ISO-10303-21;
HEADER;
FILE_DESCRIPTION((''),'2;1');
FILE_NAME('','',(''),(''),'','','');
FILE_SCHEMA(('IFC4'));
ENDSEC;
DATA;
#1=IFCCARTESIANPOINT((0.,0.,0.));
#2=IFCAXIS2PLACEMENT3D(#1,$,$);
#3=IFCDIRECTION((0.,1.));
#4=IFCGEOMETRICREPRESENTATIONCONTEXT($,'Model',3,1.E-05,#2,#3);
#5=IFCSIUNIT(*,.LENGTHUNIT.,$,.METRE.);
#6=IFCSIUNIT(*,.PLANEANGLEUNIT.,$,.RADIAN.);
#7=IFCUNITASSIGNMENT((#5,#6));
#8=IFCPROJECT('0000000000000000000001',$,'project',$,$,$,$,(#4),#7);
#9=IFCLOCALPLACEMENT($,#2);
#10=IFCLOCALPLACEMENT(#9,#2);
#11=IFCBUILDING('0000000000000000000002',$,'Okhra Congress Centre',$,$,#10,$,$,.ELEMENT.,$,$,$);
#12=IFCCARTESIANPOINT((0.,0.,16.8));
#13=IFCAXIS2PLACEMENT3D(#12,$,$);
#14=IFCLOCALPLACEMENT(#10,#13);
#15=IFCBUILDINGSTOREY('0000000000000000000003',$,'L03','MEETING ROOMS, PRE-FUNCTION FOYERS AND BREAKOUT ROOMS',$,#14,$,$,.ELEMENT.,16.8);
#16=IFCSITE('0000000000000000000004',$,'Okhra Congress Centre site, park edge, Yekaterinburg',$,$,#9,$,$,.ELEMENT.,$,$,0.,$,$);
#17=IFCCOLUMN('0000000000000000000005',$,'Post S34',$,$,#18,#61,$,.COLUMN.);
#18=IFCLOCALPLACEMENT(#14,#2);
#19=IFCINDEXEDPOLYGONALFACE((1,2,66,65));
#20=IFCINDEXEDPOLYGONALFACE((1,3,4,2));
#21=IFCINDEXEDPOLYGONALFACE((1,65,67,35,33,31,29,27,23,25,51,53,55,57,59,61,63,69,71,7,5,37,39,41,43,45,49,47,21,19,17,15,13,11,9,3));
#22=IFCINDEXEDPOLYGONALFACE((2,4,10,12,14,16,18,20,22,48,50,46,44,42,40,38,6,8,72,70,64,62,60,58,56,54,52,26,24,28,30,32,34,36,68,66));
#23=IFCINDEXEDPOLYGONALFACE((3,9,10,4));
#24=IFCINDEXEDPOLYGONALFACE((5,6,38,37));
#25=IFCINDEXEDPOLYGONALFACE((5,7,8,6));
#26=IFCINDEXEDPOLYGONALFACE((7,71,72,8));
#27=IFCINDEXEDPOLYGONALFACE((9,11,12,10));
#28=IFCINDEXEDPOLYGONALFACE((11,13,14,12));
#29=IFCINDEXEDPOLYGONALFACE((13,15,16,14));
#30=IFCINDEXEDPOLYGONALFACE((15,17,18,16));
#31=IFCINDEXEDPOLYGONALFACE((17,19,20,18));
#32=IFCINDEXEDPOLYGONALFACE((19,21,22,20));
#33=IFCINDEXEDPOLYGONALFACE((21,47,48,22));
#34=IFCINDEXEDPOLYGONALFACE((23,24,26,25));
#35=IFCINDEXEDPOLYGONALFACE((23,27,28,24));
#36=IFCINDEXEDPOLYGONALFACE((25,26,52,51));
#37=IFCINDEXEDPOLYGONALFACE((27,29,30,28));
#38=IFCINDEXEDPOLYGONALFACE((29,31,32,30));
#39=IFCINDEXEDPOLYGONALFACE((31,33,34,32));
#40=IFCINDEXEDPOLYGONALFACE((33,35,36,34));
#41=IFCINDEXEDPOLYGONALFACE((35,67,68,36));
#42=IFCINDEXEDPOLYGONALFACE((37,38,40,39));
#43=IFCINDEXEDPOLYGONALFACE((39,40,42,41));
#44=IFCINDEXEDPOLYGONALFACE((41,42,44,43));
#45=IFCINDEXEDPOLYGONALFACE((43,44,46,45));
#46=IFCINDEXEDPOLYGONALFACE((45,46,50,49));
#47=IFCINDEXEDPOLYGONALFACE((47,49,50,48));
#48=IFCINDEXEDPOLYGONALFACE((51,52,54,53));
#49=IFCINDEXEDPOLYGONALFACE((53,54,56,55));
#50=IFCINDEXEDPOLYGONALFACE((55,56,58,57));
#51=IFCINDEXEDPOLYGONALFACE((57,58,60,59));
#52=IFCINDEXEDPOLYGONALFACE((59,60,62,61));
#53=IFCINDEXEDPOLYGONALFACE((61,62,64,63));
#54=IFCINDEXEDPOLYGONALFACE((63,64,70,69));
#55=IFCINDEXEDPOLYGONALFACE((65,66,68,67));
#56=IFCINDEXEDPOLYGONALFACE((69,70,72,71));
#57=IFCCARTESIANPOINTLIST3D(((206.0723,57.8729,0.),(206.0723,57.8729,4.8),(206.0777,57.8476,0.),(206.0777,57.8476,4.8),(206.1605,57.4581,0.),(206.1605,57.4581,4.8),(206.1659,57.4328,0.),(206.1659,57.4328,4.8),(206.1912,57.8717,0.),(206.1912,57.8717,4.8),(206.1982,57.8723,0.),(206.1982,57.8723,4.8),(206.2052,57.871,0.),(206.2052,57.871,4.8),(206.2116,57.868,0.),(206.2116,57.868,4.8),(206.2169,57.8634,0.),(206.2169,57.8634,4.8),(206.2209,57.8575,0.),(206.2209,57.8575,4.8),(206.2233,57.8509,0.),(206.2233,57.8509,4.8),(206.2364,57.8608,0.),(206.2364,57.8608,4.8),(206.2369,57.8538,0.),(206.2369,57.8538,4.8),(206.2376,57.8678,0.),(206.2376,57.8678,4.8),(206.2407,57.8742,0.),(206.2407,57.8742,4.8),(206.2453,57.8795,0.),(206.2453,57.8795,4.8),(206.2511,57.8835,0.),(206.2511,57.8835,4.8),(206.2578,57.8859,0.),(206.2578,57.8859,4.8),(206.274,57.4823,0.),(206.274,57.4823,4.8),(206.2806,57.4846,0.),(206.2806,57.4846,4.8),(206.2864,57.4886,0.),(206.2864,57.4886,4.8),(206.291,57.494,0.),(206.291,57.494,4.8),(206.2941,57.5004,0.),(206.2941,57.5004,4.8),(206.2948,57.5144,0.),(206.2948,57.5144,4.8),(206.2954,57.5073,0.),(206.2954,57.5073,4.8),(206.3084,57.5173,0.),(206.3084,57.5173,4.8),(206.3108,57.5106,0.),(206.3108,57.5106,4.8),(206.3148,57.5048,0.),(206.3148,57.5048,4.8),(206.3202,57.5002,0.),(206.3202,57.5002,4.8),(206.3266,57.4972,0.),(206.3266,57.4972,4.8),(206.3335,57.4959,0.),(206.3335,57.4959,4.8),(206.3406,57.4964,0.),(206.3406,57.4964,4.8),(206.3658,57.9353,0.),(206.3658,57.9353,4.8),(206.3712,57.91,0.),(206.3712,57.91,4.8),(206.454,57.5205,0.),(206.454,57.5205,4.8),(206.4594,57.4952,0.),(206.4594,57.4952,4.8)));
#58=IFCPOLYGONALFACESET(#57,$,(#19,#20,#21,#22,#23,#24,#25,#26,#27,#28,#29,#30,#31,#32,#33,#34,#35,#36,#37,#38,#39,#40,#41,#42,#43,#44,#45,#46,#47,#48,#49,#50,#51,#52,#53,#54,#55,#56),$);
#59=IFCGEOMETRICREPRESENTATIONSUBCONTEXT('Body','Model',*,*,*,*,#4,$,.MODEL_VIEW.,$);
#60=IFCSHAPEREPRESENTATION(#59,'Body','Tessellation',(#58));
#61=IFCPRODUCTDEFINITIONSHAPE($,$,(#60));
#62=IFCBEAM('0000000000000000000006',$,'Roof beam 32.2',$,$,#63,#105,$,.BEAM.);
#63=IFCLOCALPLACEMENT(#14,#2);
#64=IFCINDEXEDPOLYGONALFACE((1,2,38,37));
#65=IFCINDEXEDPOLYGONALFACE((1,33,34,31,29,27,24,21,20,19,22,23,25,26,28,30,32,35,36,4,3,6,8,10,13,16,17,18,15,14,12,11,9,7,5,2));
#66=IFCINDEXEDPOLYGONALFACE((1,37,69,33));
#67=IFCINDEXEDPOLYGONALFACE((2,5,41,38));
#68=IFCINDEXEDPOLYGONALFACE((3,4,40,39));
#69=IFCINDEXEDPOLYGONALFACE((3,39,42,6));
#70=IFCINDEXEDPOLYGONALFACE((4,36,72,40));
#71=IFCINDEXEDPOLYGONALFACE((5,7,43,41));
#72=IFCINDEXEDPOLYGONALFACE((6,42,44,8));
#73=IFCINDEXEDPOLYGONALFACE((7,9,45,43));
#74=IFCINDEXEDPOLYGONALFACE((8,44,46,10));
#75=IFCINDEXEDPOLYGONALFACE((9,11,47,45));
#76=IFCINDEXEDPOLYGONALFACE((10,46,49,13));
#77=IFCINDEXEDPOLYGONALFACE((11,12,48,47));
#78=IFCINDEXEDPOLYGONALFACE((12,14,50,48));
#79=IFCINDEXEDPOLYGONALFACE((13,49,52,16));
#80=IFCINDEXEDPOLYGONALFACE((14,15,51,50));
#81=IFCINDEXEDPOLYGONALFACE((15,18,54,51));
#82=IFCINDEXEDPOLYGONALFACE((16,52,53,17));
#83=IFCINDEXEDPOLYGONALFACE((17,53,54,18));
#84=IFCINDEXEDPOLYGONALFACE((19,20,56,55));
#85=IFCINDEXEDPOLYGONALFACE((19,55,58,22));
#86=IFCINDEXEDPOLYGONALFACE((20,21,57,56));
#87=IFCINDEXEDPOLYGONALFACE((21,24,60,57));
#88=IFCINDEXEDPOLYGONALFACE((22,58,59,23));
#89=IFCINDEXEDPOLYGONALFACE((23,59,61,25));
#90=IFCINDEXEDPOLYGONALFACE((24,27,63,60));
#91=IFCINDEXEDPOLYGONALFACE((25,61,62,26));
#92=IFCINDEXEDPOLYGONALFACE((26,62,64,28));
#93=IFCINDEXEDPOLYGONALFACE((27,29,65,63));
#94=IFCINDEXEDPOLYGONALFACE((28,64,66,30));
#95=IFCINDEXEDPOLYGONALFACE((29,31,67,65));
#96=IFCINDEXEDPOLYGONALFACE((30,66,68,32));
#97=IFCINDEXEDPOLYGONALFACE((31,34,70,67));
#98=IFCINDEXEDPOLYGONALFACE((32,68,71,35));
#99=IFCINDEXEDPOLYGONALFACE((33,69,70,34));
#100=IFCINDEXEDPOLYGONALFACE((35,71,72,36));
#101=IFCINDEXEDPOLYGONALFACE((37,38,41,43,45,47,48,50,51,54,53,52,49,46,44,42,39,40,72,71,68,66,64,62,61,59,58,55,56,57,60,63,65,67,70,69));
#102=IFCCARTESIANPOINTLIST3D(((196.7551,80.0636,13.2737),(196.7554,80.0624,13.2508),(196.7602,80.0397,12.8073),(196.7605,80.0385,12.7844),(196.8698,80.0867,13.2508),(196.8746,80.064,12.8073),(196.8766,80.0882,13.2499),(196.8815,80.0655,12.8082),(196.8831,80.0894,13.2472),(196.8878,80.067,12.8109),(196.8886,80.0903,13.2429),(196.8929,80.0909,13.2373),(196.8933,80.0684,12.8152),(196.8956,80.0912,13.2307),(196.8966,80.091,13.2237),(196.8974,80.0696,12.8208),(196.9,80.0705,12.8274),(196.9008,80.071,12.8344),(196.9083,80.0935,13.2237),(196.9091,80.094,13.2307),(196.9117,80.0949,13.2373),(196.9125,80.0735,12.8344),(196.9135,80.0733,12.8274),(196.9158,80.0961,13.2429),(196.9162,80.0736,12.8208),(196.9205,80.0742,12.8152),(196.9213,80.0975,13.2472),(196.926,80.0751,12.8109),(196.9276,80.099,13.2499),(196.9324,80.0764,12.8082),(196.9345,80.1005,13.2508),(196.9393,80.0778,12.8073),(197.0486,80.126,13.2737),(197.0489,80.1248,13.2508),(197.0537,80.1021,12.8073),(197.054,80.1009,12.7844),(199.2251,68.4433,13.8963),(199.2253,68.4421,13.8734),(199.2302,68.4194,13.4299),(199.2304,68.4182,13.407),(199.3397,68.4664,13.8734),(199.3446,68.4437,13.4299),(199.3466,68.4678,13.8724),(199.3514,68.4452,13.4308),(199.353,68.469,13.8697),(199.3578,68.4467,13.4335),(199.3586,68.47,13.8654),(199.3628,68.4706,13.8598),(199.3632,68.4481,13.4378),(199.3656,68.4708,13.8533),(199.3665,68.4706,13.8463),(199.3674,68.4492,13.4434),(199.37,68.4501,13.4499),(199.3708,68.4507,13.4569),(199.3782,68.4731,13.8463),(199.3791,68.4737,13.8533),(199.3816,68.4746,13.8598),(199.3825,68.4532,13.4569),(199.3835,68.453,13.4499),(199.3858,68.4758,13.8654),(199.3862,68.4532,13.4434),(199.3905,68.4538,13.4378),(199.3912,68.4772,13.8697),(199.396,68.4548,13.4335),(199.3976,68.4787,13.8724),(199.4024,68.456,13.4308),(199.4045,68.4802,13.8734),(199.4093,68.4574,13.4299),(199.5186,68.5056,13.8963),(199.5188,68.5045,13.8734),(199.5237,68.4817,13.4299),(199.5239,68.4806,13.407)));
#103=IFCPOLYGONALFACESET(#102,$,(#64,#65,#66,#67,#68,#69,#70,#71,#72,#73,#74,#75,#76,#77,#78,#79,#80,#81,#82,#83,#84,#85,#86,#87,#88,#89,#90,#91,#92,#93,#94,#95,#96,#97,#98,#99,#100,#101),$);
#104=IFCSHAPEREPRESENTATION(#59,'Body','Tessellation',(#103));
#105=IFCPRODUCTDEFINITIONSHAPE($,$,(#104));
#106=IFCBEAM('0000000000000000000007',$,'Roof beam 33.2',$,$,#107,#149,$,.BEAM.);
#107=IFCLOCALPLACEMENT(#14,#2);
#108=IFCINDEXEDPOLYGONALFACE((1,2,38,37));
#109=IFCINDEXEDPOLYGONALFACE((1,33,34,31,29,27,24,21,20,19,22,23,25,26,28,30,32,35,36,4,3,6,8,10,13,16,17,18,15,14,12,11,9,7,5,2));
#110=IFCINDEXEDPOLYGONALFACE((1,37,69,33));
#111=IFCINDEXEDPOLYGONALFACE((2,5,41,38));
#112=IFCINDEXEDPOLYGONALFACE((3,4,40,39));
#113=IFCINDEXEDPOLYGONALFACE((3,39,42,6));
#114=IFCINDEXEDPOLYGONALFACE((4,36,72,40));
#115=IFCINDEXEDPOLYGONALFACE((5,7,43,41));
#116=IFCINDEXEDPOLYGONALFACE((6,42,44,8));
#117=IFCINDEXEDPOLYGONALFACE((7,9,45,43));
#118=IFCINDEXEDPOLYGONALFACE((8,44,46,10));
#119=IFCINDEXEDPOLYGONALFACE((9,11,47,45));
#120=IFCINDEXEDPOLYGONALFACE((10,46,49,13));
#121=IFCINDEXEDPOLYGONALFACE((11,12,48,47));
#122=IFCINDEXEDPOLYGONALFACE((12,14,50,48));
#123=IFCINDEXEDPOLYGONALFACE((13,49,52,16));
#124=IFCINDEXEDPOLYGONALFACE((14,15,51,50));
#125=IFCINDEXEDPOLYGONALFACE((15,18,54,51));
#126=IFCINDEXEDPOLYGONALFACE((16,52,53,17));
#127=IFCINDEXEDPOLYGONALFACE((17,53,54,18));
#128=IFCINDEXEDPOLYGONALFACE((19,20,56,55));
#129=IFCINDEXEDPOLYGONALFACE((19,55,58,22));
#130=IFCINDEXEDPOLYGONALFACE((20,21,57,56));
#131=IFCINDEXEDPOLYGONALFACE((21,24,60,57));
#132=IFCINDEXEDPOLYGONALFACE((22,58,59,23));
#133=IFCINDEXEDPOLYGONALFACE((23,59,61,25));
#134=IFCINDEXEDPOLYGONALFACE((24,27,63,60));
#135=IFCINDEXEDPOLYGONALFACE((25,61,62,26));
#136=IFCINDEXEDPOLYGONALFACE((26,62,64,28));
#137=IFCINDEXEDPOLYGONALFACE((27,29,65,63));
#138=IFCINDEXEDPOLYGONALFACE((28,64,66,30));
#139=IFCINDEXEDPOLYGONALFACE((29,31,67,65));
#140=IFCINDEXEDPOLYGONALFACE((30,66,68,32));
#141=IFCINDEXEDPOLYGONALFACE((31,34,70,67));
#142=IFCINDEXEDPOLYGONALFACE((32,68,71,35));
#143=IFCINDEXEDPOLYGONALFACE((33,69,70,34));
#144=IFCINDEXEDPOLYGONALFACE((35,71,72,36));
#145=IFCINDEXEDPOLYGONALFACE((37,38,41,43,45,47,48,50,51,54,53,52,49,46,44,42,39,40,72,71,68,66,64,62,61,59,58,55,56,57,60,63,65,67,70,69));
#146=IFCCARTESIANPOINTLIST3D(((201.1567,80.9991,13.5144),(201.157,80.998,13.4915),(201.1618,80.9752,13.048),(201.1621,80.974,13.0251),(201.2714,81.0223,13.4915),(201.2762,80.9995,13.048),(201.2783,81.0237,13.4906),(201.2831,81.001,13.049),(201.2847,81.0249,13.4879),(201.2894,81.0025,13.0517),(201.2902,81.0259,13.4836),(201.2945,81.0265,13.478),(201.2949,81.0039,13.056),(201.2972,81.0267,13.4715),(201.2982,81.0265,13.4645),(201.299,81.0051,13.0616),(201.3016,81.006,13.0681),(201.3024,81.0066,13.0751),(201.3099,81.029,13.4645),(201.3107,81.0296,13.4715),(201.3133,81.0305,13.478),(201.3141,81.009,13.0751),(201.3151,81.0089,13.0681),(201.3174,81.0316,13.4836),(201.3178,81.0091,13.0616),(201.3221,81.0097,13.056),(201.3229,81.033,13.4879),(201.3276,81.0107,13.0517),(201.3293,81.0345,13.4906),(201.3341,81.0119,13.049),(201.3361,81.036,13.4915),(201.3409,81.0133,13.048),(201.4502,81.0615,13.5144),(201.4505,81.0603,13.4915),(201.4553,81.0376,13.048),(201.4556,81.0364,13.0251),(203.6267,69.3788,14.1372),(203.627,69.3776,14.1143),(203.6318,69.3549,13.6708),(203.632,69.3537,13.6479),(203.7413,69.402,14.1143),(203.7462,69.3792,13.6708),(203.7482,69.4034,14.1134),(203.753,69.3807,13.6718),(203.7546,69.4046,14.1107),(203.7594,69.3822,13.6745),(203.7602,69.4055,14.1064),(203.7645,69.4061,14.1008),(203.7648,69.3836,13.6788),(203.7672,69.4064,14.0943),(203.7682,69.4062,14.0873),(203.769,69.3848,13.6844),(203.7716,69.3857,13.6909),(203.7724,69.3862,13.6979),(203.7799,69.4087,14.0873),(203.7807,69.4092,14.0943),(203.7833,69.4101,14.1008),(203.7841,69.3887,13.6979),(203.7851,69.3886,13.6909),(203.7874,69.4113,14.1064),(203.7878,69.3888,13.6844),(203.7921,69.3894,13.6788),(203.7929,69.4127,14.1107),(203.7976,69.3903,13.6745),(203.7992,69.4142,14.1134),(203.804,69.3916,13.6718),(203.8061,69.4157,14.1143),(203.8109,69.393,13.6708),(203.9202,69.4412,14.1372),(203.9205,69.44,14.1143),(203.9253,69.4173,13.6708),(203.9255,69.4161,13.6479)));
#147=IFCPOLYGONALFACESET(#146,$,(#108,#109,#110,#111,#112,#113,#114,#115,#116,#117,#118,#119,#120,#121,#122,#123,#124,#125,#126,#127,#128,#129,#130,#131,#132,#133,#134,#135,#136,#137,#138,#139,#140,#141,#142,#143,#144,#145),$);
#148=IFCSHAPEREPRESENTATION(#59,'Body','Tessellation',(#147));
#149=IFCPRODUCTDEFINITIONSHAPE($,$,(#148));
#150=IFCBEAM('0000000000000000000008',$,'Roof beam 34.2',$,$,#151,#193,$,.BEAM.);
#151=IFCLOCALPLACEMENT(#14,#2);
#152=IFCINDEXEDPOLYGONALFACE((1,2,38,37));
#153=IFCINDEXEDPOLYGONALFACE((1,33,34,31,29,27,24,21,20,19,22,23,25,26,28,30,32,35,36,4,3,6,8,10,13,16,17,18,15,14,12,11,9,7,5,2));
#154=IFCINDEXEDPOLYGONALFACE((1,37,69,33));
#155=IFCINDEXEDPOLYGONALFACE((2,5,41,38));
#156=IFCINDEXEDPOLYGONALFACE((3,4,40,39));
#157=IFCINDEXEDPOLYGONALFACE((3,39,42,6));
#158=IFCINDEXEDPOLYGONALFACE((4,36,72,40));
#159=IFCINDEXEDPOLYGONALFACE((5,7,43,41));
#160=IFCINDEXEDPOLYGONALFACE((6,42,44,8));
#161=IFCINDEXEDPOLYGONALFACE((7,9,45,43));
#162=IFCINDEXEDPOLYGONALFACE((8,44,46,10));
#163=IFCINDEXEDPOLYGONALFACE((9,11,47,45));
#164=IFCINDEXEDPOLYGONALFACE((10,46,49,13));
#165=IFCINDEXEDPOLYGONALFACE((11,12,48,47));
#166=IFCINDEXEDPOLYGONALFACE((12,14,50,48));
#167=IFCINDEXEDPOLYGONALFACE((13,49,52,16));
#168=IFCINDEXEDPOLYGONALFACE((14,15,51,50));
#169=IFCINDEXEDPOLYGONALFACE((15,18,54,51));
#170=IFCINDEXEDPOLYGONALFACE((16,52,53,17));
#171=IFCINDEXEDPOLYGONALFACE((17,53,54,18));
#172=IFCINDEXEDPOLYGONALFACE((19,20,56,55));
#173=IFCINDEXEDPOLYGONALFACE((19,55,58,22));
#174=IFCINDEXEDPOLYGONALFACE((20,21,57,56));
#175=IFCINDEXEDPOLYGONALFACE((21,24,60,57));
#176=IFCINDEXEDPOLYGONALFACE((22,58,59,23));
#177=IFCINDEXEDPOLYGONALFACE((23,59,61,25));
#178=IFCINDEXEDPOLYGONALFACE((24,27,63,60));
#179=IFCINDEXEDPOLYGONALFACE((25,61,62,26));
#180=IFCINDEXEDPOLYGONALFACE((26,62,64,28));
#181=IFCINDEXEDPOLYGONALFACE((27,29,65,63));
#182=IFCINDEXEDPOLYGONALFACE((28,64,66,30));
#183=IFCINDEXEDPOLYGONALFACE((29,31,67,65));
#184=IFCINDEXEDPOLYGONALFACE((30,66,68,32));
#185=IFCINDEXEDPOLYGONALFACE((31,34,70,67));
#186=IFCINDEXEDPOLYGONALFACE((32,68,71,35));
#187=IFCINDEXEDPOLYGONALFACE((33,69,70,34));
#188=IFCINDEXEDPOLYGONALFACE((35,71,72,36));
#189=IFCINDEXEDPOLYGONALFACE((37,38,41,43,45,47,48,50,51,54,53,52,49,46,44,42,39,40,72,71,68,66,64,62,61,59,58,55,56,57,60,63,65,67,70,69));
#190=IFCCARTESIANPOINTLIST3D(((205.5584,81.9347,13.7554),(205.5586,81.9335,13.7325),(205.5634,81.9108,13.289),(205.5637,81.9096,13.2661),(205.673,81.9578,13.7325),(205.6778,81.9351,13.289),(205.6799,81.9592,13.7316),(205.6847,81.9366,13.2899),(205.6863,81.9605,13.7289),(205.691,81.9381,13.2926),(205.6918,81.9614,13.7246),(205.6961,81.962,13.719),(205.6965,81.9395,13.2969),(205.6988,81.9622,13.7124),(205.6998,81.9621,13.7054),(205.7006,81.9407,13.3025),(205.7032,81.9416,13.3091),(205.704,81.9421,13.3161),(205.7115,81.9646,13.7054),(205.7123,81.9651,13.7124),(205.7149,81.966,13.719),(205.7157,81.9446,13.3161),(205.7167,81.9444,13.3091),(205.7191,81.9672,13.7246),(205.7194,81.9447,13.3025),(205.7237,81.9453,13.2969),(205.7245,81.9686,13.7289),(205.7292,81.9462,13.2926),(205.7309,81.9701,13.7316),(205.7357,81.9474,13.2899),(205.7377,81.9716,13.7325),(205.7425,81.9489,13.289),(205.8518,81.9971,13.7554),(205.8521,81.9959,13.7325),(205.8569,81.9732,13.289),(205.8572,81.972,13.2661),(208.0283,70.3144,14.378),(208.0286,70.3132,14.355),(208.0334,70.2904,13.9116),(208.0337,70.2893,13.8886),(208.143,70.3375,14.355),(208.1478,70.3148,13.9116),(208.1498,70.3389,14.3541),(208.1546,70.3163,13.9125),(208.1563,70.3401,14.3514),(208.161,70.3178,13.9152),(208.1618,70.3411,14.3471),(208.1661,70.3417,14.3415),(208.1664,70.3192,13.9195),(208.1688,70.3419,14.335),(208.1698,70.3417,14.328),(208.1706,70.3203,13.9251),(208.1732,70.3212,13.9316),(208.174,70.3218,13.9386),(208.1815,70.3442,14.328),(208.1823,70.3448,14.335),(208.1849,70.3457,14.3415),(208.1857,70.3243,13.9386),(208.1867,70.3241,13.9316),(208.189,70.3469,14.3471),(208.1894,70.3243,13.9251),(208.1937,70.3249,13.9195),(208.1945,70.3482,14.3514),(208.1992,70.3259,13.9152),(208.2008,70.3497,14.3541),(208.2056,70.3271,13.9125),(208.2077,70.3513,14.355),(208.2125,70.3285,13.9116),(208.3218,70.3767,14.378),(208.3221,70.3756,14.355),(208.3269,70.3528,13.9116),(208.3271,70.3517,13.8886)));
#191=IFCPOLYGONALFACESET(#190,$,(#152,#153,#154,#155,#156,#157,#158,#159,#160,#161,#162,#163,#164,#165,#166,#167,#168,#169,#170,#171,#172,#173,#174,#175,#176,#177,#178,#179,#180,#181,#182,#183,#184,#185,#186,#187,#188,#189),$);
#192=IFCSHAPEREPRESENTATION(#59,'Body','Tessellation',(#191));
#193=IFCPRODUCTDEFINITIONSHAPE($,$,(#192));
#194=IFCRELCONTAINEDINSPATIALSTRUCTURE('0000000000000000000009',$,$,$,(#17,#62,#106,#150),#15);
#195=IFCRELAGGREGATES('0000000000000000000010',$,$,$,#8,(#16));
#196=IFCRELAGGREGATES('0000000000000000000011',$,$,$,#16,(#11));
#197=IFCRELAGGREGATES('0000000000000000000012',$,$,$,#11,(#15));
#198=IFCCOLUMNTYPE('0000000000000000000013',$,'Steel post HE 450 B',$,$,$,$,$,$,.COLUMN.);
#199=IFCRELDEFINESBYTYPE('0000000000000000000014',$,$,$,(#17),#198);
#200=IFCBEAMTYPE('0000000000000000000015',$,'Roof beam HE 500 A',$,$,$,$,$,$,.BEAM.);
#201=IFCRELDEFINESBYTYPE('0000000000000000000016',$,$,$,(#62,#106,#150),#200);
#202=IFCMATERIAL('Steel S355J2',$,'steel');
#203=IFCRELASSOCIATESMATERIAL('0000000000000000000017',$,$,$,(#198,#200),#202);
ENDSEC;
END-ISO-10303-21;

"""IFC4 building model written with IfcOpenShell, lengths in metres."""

from ifc_helpers import new_model, si_unit, direction, frame, origin, origin_2d, place, context, subcontext, project, spatial, i_section, extrude, material, material_profile, profile_set, type_object, element, save


model = new_model("IFC4")

# Units and contexts
model_context = context("Model", 3, precision=1e-05, world=origin(), true_north=direction((0.0, 1.0)))
body_context = subcontext(model_context, "Body", "Model", "MODEL_VIEW")
ifc_project = project(units=[si_unit("LENGTHUNIT", "METRE"), si_unit("PLANEANGLEUNIT", "RADIAN")], contexts=[model_context])

# Site, building, storey
site_placement = place(None, origin())
site = spatial("IfcSite", under=ifc_project, at=site_placement, Name="Okhra Congress Centre site, park edge, Yekaterinburg", CompositionType="ELEMENT", RefElevation=0.0)
building_placement = place(site_placement, origin())
building = spatial("IfcBuilding", under=site, at=building_placement, Name="Okhra Congress Centre", CompositionType="ELEMENT")
storey_placement = place(building_placement, frame((0.0, 0.0, 16.8)))
storey = spatial("IfcBuildingStorey", under=building, at=storey_placement, Name="L03", Description="MEETING ROOMS, PRE-FUNCTION FOYERS AND BREAKOUT ROOMS", CompositionType="ELEMENT", Elevation=16.8)

# Column
ifc_material_1 = material(Name="Steel S355J2", Category="steel")
ifc_material_profile_1 = material_profile(ifc_material_1, i_section(OverallWidth=0.3, OverallDepth=0.45, WebThickness=0.0139, FlangeThickness=0.0259, FilletRadius=0.0271, at=origin_2d()), Name="HE 450 B")
ifc_profile_set_1 = profile_set([ifc_material_profile_1], Name="Steel S355J2")
column_type = type_object("IfcColumnType", Name="Steel post HE 450 B", PredefinedType="COLUMN", material=ifc_profile_set_1)
column_placement = place(storey_placement, frame((206.2659, 57.6841, 0.0), z_axis=(0.0, 0.0, 1.0), x_axis=(0.978148, 0.207912, 0.0)))
element("IfcColumn", 1, at=column_placement, inside=storey, type_object=column_type, Name="Post S34", PredefinedType="COLUMN", context=body_context, shape_type="SweptSolid", body=[
    extrude(i_section(OverallWidth=0.3, OverallDepth=0.45, WebThickness=0.0139, FlangeThickness=0.0259, FilletRadius=0.0271, at=origin_2d()), origin(), (0.0, 0.0, 1.0), 4.8),
])

# Beams
ifc_material_profile_2 = material_profile(ifc_material_1, i_section(OverallWidth=0.3, OverallDepth=0.49, WebThickness=0.012, FlangeThickness=0.0229, FilletRadius=0.0271, at=origin_2d()), Name="HE 500 A")
ifc_profile_set_2 = profile_set([ifc_material_profile_2], Name="Steel S355J2")
beam_type_1 = type_object("IfcBeamType", Name="Roof beam HE 500 A", PredefinedType="BEAM", material=ifc_profile_set_2)
for number, where, z_axis, x_axis, name in (
    (2, (199.3745, 68.4619, 13.6516), (-0.207626, 0.976808, -0.052332), (-0.978148, -0.207911, 0.0), "Roof beam 32.2"),
    (3, (203.7761, 69.3975, 13.8926), (-0.207625, 0.976806, -0.052353), (-0.978148, -0.207911, 0.0), "Roof beam 33.2"),
    (4, (208.1777, 70.333, 14.1333), (-0.207626, 0.976808, -0.052332), (-0.978148, -0.207911, 0.0), "Roof beam 34.2"),
):
    element("IfcBeam", number, at=place(storey_placement, frame(where, z_axis=z_axis, x_axis=x_axis)), inside=storey, type_object=beam_type_1, Name=name, PredefinedType="BEAM", context=body_context, shape_type="SweptSolid", body=[
        extrude(i_section(OverallWidth=0.3, OverallDepth=0.49, WebThickness=0.012, FlangeThickness=0.0229, FilletRadius=0.0271, at=origin_2d()), origin(), (0.0, 0.0, 1.0), 11.8962),
    ])

save(model, "model.ifc")
